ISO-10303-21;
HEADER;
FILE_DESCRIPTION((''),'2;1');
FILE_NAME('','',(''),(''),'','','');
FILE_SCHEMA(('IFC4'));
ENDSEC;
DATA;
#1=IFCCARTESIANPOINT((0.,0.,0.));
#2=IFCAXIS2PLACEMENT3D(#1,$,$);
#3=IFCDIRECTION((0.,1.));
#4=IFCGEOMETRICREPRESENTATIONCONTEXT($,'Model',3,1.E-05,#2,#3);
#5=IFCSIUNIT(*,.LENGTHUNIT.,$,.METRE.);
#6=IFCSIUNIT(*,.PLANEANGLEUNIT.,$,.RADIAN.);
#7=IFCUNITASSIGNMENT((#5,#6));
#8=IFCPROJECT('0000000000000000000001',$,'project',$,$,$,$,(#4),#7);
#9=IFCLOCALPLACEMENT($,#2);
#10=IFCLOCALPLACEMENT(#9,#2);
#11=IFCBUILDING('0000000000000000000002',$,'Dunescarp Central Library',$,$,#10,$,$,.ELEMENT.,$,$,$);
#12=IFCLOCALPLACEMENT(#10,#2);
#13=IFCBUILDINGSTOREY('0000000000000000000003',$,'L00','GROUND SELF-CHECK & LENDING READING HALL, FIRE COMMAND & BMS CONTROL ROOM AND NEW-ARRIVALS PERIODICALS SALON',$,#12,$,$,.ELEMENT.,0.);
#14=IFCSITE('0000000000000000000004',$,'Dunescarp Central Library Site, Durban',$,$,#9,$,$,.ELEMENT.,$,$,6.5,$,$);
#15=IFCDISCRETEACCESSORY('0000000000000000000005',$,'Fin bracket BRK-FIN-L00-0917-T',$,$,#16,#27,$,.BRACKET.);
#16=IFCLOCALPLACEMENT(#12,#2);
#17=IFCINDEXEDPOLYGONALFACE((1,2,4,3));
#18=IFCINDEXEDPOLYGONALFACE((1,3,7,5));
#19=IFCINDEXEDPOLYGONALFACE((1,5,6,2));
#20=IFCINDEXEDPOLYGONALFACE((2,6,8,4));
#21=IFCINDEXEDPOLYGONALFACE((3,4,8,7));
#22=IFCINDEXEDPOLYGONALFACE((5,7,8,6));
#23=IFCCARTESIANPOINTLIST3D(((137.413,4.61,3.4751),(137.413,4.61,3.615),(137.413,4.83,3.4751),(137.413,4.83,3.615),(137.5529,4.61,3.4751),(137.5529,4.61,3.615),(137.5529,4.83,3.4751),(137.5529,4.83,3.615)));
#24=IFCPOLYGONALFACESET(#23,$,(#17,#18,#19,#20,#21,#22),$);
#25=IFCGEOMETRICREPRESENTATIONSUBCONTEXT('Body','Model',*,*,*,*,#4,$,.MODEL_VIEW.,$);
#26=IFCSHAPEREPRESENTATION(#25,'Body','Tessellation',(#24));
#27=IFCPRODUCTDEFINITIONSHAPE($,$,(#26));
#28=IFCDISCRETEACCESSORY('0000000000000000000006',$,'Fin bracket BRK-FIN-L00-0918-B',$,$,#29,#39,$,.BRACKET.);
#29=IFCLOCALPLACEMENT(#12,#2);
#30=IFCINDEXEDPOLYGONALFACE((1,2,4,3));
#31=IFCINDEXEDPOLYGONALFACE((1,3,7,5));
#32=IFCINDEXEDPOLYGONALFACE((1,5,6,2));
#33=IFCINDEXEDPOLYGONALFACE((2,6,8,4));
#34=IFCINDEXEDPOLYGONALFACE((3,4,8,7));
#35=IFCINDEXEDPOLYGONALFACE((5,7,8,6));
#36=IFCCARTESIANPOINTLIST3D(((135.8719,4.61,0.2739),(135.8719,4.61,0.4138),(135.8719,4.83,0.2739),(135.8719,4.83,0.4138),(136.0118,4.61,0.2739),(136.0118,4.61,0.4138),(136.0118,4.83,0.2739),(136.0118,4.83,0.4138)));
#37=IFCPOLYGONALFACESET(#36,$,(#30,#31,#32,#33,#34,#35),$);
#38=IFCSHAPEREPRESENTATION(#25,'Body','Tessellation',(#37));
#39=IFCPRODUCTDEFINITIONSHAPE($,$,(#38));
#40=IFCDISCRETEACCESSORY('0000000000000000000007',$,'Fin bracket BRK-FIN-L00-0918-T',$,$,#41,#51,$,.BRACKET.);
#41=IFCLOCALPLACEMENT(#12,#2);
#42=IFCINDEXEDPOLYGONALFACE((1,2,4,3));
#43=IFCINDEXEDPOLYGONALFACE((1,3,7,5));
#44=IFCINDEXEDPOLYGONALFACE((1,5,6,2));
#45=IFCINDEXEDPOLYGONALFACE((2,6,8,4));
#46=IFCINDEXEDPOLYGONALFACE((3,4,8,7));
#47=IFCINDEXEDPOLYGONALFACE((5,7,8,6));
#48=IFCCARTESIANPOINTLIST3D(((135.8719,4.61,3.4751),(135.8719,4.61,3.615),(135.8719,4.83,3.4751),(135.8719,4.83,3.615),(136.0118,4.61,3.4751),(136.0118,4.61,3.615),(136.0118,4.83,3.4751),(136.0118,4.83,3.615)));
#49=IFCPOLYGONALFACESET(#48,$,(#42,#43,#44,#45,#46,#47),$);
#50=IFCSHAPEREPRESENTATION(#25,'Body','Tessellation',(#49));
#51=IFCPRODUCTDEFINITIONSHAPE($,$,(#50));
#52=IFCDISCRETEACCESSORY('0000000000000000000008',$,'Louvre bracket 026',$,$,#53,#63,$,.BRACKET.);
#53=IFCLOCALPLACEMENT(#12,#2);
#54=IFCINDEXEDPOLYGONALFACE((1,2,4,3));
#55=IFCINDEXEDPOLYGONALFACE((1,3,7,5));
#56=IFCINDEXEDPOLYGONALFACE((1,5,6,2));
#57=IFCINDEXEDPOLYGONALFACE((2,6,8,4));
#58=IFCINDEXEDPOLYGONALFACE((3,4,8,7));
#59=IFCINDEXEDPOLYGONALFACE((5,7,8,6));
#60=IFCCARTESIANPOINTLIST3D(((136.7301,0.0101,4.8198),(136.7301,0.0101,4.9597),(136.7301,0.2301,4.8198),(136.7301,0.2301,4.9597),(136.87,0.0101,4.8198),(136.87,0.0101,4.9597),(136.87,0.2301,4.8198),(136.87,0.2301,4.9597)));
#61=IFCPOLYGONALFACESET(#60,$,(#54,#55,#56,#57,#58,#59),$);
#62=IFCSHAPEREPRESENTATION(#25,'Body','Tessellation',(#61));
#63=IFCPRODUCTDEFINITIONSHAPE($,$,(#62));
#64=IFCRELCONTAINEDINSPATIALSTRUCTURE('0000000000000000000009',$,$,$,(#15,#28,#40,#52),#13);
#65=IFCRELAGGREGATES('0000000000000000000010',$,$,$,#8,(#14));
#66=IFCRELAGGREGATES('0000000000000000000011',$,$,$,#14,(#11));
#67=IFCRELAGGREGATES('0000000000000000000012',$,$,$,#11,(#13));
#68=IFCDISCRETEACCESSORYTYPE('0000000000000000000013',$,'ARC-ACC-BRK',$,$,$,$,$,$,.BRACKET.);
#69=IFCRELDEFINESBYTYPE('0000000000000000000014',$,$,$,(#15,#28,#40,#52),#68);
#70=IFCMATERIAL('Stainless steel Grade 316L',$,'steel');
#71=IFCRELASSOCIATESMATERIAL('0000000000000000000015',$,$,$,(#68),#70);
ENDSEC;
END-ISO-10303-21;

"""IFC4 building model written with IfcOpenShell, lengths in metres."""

from ifc_helpers import new_model, si_unit, direction, frame, origin, origin_2d, place, context, subcontext, project, spatial, rectangle, extrude, material, type_object, element, save


model = new_model("IFC4")

# Units and contexts
model_context = context("Model", 3, precision=1e-05, world=origin(), true_north=direction((0.0, 1.0)))
body_context = subcontext(model_context, "Body", "Model", "MODEL_VIEW")
ifc_project = project(units=[si_unit("LENGTHUNIT", "METRE"), si_unit("PLANEANGLEUNIT", "RADIAN")], contexts=[model_context])

# Site, building, storey
site_placement = place(None, origin())
site = spatial("IfcSite", under=ifc_project, at=site_placement, Name="Dunescarp Central Library Site, Durban", CompositionType="ELEMENT", RefElevation=6.5)
building_placement = place(site_placement, origin())
building = spatial("IfcBuilding", under=site, at=building_placement, Name="Dunescarp Central Library", CompositionType="ELEMENT")
storey_placement = place(building_placement, origin())
storey = spatial("IfcBuildingStorey", under=building, at=storey_placement, Name="L00", Description="GROUND SELF-CHECK & LENDING READING HALL, FIRE COMMAND & BMS CONTROL ROOM AND NEW-ARRIVALS PERIODICALS SALON", CompositionType="ELEMENT", Elevation=0.0)

# Discrete accessories
ifc_material_1 = material(Name="Stainless steel Grade 316L", Category="steel")
discrete_accessory_type = type_object("IfcDiscreteAccessoryType", Name="ARC-ACC-BRK", PredefinedType="BRACKET", material=ifc_material_1)
for number, where, z_axis, x_axis, name in (
    (1, (137.4829, 4.72, 3.4751), (0.0, 0.0, 1.0), (0.0, -1.0, 0.0), "Fin bracket BRK-FIN-L00-0917-T"),
    (2, (135.9419, 4.72, 0.2739), (0.0, 0.0, 1.0), (0.0, -1.0, 0.0), "Fin bracket BRK-FIN-L00-0918-B"),
    (3, (135.9419, 4.72, 3.4751), (0.0, 0.0, 1.0), (0.0, -1.0, 0.0), "Fin bracket BRK-FIN-L00-0918-T"),
):
    element("IfcDiscreteAccessory", number, at=place(storey_placement, frame(where, z_axis=z_axis, x_axis=x_axis)), inside=storey, type_object=discrete_accessory_type, Name=name, PredefinedType="BRACKET", context=body_context, shape_type="SweptSolid", body=[
        extrude(rectangle(XDim=0.22, YDim=0.1399, at=origin_2d()), origin(), (0.0, 0.0, 1.0), 0.1399),
    ])
discrete_accessory_placement = place(storey_placement, frame((136.8, 0.1201, 4.8198), z_axis=(0.0, 0.0, 1.0), x_axis=(1.0, 0.0, 0.0)))
element("IfcDiscreteAccessory", 4, at=discrete_accessory_placement, inside=storey, type_object=discrete_accessory_type, Name="Louvre bracket 026", PredefinedType="BRACKET", context=body_context, shape_type="SweptSolid", body=[
    extrude(rectangle(XDim=0.1399, YDim=0.22, at=origin_2d()), origin(), (0.0, 0.0, 1.0), 0.1399),
])

save(model, "model.ifc")
